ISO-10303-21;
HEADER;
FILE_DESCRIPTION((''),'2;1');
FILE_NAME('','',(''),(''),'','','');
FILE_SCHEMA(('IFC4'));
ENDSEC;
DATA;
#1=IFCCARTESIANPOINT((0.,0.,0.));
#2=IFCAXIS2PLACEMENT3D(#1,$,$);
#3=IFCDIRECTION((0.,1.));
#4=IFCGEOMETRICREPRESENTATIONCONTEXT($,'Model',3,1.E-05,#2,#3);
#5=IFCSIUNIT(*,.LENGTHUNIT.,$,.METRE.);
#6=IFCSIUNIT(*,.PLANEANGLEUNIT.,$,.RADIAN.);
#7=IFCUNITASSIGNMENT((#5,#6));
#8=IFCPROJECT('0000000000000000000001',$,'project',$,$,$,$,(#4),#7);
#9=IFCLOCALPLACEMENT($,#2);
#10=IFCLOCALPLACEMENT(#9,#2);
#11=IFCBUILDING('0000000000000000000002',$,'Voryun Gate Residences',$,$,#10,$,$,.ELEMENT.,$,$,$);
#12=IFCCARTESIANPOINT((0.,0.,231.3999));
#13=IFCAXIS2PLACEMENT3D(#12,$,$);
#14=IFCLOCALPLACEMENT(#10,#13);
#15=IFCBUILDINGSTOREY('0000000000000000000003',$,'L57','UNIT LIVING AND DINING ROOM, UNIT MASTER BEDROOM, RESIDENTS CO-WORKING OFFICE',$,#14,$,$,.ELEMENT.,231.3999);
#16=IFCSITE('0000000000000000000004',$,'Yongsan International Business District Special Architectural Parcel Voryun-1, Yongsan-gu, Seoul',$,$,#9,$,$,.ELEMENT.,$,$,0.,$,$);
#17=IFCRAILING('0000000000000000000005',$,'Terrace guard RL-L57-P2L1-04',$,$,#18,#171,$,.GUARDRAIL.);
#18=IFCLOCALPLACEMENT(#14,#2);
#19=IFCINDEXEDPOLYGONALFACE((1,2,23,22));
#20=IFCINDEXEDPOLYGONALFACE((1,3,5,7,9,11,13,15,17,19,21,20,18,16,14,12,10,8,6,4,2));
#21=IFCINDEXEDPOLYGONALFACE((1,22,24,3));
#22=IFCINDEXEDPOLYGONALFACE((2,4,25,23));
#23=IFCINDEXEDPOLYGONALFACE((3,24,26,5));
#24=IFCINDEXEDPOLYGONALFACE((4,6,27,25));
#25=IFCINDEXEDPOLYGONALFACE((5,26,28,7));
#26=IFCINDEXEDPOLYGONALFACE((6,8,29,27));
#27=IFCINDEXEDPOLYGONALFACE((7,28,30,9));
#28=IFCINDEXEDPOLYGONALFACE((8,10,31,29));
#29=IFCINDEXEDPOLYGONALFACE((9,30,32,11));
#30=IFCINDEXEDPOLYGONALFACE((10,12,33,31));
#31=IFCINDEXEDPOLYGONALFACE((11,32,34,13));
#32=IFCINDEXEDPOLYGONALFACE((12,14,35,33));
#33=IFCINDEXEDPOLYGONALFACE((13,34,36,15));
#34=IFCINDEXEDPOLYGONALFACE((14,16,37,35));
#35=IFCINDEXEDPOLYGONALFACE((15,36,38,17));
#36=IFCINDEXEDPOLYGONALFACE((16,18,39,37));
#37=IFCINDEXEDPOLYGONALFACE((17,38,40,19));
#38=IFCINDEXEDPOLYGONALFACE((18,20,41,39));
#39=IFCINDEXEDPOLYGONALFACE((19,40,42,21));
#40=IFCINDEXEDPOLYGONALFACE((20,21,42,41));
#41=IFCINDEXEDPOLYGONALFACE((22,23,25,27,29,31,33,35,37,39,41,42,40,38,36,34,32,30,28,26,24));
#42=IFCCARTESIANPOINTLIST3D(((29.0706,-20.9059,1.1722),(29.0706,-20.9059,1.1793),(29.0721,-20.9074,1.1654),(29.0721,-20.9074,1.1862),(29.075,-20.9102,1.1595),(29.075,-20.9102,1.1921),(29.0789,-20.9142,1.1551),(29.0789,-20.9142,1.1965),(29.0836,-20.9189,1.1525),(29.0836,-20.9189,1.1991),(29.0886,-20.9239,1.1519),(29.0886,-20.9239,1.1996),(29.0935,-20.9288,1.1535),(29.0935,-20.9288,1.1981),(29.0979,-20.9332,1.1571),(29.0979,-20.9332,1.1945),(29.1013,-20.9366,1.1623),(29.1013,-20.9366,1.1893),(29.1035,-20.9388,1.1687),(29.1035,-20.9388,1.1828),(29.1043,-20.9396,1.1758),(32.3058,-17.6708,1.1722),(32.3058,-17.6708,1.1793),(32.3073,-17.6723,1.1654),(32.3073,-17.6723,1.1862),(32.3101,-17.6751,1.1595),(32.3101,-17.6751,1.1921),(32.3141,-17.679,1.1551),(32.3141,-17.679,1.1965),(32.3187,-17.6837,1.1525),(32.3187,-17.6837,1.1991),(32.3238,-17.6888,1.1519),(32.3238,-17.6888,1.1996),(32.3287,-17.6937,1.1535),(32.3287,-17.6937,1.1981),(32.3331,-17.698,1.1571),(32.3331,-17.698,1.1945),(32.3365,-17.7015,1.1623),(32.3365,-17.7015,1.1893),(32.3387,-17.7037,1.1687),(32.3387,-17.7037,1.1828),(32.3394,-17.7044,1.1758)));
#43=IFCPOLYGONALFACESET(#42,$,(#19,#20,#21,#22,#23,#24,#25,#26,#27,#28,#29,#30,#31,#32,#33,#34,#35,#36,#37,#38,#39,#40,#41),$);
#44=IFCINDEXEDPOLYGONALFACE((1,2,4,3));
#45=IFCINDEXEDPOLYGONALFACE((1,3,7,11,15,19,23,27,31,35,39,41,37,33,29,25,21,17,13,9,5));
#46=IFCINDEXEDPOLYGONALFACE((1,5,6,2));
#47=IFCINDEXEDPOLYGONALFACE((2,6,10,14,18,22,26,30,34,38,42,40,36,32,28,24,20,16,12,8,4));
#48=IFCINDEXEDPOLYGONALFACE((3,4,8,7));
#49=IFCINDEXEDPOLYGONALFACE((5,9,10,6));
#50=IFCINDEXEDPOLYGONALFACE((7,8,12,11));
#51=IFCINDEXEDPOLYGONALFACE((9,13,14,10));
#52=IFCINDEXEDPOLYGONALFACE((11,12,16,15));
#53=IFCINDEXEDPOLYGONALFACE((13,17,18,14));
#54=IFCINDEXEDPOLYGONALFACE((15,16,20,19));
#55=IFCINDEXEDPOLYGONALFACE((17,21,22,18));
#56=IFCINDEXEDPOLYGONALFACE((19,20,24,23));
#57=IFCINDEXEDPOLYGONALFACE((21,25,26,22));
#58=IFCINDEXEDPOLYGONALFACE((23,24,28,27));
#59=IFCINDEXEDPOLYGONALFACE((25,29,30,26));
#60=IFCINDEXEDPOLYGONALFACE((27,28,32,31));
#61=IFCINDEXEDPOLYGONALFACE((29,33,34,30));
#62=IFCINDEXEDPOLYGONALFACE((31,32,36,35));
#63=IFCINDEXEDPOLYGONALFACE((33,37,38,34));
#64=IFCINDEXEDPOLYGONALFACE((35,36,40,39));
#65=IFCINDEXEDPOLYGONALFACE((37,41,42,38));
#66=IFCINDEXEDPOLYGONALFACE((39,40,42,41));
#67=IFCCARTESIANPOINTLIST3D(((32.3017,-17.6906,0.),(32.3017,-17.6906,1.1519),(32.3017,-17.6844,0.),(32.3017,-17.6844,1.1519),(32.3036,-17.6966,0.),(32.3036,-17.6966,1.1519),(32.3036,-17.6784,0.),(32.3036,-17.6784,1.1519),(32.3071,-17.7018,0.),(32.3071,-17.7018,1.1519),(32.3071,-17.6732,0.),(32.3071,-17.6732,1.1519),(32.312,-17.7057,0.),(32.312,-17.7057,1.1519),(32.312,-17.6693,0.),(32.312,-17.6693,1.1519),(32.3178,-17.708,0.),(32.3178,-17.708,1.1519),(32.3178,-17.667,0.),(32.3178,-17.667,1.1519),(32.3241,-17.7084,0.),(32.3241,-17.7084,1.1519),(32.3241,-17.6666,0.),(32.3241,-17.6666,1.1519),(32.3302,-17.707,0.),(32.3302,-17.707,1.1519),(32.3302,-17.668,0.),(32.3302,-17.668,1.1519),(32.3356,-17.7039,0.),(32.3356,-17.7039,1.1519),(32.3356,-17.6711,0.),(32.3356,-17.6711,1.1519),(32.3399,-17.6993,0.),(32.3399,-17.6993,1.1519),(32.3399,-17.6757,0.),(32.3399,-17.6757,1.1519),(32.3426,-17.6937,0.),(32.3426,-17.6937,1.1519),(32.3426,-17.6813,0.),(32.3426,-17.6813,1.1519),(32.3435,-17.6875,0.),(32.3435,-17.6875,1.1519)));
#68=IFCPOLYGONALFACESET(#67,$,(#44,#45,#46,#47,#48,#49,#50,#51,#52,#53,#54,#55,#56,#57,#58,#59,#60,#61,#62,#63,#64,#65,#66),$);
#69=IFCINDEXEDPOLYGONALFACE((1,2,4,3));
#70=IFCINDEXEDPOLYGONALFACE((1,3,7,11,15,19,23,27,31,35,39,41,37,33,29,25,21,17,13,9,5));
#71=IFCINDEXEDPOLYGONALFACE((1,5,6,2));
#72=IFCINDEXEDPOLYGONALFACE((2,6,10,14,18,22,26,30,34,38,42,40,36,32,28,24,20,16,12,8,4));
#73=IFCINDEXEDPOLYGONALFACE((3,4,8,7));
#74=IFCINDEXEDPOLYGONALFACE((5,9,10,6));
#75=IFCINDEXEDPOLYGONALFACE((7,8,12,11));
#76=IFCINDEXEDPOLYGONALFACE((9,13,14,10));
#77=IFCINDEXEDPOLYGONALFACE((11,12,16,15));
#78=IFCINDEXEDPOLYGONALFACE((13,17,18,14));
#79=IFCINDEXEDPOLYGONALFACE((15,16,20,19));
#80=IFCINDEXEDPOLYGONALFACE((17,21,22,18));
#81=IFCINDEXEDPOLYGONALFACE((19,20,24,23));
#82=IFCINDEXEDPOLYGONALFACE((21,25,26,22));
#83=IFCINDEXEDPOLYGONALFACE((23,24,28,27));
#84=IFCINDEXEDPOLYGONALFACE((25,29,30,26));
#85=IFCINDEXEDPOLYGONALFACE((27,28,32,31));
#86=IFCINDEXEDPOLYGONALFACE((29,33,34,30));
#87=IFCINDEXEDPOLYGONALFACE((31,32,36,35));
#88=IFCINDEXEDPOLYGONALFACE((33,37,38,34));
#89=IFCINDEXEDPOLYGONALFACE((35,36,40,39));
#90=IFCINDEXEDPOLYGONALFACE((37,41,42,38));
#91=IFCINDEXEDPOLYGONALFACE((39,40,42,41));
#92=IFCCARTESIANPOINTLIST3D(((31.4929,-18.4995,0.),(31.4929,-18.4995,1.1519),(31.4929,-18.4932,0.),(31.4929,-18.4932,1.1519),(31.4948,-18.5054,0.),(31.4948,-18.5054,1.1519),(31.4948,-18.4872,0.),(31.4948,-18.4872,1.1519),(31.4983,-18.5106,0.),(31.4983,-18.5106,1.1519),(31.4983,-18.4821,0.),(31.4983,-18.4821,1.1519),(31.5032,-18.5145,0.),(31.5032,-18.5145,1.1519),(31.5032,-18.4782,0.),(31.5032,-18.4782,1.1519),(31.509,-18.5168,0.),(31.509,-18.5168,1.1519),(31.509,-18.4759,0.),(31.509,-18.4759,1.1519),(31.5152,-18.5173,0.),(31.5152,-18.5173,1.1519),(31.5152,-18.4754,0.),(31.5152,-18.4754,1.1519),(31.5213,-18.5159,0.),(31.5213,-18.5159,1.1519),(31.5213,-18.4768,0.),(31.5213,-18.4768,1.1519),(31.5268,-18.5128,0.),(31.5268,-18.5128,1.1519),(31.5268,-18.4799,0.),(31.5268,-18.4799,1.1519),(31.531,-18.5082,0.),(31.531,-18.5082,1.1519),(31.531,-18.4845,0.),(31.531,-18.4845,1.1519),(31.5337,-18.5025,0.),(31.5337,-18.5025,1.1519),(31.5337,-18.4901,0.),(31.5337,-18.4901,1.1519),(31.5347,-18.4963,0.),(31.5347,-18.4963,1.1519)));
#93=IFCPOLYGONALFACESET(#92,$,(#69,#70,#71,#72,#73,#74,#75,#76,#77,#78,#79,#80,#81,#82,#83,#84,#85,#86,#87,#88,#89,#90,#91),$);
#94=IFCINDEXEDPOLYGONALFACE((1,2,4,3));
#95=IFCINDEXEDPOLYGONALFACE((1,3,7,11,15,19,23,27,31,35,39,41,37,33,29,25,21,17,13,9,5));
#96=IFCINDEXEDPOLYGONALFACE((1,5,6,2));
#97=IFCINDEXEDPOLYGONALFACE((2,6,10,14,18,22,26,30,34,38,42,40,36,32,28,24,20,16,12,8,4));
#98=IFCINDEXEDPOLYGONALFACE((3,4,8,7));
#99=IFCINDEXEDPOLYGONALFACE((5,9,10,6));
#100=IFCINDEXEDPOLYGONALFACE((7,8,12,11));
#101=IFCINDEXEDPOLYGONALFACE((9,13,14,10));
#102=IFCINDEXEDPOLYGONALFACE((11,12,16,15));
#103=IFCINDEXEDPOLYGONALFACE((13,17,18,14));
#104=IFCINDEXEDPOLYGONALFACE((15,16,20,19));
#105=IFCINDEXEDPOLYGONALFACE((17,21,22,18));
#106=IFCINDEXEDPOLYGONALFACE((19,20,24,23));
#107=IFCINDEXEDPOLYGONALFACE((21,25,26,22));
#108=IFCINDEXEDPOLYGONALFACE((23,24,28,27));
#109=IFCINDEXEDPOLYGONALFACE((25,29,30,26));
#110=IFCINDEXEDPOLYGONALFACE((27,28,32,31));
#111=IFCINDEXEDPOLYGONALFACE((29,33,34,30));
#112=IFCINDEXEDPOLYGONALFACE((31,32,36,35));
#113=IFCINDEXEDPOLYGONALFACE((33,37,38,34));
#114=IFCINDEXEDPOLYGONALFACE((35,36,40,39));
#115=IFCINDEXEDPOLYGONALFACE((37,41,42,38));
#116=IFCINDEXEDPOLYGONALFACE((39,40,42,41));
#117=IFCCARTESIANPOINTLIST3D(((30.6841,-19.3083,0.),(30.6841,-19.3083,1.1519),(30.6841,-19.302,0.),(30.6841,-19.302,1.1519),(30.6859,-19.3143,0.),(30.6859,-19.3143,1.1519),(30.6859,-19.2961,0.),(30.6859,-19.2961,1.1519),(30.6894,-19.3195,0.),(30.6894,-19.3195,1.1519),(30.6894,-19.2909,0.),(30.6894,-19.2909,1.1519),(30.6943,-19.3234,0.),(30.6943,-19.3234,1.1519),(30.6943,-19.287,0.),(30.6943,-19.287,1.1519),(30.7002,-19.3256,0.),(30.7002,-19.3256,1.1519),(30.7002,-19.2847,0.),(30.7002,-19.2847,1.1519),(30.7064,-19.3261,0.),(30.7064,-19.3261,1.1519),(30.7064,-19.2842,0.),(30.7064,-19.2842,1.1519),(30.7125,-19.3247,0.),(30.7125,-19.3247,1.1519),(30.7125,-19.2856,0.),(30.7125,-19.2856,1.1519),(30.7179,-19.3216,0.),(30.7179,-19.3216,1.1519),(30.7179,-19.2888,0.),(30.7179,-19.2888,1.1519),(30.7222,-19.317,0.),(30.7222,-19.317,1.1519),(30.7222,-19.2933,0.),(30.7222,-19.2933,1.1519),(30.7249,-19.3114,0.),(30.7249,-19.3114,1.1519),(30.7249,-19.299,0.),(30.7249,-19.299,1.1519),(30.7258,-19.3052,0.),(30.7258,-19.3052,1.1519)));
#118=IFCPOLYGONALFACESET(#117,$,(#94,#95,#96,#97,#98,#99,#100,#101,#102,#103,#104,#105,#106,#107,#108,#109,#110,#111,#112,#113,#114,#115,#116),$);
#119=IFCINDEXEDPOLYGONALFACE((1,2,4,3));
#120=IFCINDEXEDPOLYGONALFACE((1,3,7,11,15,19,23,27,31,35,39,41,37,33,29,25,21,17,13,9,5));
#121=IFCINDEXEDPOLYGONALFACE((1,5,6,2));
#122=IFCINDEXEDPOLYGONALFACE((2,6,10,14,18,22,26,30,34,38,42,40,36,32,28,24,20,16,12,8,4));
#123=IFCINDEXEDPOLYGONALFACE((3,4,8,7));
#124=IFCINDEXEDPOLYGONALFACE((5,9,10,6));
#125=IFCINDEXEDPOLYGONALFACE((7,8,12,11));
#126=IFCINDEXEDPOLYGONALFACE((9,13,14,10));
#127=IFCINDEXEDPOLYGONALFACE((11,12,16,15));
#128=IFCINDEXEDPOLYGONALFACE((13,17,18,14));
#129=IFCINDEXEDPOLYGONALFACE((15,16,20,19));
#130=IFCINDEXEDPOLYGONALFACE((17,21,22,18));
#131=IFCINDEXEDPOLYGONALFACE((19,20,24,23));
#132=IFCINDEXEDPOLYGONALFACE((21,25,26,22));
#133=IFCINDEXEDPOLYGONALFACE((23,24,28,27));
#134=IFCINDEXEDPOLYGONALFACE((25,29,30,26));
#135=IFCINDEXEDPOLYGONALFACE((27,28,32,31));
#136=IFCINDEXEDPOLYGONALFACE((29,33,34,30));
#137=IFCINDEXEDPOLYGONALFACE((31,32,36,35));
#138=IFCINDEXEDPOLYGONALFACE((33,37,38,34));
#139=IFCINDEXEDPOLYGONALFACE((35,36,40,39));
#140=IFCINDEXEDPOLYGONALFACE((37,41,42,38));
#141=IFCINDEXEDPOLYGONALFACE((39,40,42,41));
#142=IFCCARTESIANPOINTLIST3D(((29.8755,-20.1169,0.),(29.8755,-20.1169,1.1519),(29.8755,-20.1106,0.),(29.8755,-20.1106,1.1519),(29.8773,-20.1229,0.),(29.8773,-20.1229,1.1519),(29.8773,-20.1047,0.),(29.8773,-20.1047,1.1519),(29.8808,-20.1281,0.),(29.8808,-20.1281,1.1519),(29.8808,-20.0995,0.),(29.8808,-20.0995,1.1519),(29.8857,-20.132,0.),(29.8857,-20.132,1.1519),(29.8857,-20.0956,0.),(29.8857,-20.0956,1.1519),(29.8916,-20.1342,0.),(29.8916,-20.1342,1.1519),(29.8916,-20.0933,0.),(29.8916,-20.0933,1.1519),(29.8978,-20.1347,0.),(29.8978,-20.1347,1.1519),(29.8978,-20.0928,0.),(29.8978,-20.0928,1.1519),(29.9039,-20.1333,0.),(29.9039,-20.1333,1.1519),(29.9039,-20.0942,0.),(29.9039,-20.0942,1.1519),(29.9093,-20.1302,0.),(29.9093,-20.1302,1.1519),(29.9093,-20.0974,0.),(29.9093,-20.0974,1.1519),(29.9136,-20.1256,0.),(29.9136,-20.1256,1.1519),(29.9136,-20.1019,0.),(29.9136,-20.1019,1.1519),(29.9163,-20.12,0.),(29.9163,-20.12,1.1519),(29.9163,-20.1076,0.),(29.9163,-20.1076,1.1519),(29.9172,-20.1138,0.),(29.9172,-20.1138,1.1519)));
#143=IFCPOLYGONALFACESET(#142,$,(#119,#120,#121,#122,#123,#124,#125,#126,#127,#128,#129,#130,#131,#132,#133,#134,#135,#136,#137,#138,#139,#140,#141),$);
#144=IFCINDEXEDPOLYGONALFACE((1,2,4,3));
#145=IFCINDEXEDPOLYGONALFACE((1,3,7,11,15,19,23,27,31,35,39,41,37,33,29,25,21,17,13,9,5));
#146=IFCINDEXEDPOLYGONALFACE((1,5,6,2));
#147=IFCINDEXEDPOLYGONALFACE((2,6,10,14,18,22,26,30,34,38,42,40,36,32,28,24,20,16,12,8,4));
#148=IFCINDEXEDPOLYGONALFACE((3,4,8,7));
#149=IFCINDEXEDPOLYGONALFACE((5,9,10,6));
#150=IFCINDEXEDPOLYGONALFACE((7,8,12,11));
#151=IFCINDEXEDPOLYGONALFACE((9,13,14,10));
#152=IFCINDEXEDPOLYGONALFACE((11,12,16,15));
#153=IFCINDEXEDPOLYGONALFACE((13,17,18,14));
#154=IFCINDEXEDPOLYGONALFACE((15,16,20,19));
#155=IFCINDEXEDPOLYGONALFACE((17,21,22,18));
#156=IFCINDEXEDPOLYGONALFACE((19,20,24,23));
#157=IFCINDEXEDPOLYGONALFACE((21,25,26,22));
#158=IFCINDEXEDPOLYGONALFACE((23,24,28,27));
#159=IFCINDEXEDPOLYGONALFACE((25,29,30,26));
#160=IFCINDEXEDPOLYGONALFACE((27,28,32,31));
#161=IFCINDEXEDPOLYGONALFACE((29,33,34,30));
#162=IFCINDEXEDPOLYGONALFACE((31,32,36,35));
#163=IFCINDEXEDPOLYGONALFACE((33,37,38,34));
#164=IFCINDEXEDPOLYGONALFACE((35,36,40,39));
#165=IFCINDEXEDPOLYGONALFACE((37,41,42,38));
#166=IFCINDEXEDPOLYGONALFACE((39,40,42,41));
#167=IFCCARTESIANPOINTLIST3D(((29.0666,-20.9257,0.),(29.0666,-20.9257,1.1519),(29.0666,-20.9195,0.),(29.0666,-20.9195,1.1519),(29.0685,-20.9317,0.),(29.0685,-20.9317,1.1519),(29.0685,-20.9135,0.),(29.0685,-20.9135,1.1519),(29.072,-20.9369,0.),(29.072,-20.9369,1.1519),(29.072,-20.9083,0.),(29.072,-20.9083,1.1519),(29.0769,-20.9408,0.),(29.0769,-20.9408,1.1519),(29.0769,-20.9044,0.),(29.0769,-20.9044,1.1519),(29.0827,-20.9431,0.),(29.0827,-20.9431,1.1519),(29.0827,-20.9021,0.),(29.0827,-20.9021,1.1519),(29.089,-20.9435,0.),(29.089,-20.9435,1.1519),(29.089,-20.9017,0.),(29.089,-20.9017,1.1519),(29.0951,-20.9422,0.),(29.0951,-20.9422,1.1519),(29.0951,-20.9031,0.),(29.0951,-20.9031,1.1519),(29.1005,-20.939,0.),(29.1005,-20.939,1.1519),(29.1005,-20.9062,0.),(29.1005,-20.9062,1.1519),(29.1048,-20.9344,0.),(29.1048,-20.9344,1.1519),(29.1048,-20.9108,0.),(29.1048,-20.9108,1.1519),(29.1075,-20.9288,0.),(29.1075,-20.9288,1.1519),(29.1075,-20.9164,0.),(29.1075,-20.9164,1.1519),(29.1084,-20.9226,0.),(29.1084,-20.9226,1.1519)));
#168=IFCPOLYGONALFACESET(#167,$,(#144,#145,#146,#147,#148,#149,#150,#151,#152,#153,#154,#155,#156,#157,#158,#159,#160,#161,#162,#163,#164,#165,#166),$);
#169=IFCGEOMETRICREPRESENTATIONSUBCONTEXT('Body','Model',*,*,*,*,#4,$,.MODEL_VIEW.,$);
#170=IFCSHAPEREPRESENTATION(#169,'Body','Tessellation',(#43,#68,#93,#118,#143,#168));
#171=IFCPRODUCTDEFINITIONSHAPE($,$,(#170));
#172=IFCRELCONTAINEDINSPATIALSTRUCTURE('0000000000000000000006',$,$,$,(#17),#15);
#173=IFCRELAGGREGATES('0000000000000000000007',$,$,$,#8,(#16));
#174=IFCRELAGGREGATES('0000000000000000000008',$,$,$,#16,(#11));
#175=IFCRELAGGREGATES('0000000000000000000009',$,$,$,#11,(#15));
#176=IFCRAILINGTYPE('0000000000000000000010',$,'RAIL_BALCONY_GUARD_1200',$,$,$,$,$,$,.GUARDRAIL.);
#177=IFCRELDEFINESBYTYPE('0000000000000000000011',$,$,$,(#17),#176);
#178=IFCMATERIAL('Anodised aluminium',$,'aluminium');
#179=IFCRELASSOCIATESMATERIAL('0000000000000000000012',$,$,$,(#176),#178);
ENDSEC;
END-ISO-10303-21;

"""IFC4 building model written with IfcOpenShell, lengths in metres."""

from ifc_helpers import new_model, si_unit, direction, frame, origin, origin_2d, place, context, subcontext, project, spatial, circle, extrude, material, type_object, element, save


model = new_model("IFC4")

# Units and contexts
model_context = context("Model", 3, precision=1e-05, world=origin(), true_north=direction((0.0, 1.0)))
body_context = subcontext(model_context, "Body", "Model", "MODEL_VIEW")
ifc_project = project(units=[si_unit("LENGTHUNIT", "METRE"), si_unit("PLANEANGLEUNIT", "RADIAN")], contexts=[model_context])

# Site, building, storey
site_placement = place(None, origin())
site = spatial("IfcSite", under=ifc_project, at=site_placement, Name="Yongsan International Business District Special Architectural Parcel Voryun-1, Yongsan-gu, Seoul", CompositionType="ELEMENT", RefElevation=0.0)
building_placement = place(site_placement, origin())
building = spatial("IfcBuilding", under=site, at=building_placement, Name="Voryun Gate Residences", CompositionType="ELEMENT")
storey_placement = place(building_placement, frame((0.0, 0.0, 231.3999)))
storey = spatial("IfcBuildingStorey", under=building, at=storey_placement, Name="L57", Description="UNIT LIVING AND DINING ROOM, UNIT MASTER BEDROOM, RESIDENTS CO-WORKING OFFICE", CompositionType="ELEMENT", Elevation=231.3999)

# Railing
ifc_material_1 = material(Name="Anodised aluminium", Category="aluminium")
railing_type = type_object("IfcRailingType", Name="RAIL_BALCONY_GUARD_1200", PredefinedType="GUARDRAIL", material=ifc_material_1)
railing_1_placement = place(storey_placement, frame((32.3225, -17.6875, 0.0)))
element("IfcRailing", 1, at=railing_1_placement, inside=storey, type_object=railing_type, Name="Terrace guard RL-L57-P2L1-04", PredefinedType="GUARDRAIL", context=body_context, shape_type="SweptSolid", body=[
    extrude(circle(Radius=0.0239, at=origin_2d()), frame((0.0, 0.0, 1.1758), z_axis=(-0.707107, -0.707107, 0.0), x_axis=(0.707107, -0.707107, 0.0)), (0.0, 0.0, 1.0), 4.5752),
    extrude(circle(Radius=0.021, at=origin_2d()), origin(), (0.0, 0.0, 1.0), 1.1519),
    extrude(circle(Radius=0.021, at=origin_2d()), frame((-0.8088, -0.8088, 0.0)), (0.0, 0.0, 1.0), 1.1519),
    extrude(circle(Radius=0.021, at=origin_2d()), frame((-1.6177, -1.6177, 0.0)), (0.0, 0.0, 1.0), 1.1519),
    extrude(circle(Radius=0.021, at=origin_2d()), frame((-2.4263, -2.4263, 0.0)), (0.0, 0.0, 1.0), 1.1519),
    extrude(circle(Radius=0.021, at=origin_2d()), frame((-3.2351, -3.2351, 0.0)), (0.0, 0.0, 1.0), 1.1519),
])

save(model, "model.ifc")
